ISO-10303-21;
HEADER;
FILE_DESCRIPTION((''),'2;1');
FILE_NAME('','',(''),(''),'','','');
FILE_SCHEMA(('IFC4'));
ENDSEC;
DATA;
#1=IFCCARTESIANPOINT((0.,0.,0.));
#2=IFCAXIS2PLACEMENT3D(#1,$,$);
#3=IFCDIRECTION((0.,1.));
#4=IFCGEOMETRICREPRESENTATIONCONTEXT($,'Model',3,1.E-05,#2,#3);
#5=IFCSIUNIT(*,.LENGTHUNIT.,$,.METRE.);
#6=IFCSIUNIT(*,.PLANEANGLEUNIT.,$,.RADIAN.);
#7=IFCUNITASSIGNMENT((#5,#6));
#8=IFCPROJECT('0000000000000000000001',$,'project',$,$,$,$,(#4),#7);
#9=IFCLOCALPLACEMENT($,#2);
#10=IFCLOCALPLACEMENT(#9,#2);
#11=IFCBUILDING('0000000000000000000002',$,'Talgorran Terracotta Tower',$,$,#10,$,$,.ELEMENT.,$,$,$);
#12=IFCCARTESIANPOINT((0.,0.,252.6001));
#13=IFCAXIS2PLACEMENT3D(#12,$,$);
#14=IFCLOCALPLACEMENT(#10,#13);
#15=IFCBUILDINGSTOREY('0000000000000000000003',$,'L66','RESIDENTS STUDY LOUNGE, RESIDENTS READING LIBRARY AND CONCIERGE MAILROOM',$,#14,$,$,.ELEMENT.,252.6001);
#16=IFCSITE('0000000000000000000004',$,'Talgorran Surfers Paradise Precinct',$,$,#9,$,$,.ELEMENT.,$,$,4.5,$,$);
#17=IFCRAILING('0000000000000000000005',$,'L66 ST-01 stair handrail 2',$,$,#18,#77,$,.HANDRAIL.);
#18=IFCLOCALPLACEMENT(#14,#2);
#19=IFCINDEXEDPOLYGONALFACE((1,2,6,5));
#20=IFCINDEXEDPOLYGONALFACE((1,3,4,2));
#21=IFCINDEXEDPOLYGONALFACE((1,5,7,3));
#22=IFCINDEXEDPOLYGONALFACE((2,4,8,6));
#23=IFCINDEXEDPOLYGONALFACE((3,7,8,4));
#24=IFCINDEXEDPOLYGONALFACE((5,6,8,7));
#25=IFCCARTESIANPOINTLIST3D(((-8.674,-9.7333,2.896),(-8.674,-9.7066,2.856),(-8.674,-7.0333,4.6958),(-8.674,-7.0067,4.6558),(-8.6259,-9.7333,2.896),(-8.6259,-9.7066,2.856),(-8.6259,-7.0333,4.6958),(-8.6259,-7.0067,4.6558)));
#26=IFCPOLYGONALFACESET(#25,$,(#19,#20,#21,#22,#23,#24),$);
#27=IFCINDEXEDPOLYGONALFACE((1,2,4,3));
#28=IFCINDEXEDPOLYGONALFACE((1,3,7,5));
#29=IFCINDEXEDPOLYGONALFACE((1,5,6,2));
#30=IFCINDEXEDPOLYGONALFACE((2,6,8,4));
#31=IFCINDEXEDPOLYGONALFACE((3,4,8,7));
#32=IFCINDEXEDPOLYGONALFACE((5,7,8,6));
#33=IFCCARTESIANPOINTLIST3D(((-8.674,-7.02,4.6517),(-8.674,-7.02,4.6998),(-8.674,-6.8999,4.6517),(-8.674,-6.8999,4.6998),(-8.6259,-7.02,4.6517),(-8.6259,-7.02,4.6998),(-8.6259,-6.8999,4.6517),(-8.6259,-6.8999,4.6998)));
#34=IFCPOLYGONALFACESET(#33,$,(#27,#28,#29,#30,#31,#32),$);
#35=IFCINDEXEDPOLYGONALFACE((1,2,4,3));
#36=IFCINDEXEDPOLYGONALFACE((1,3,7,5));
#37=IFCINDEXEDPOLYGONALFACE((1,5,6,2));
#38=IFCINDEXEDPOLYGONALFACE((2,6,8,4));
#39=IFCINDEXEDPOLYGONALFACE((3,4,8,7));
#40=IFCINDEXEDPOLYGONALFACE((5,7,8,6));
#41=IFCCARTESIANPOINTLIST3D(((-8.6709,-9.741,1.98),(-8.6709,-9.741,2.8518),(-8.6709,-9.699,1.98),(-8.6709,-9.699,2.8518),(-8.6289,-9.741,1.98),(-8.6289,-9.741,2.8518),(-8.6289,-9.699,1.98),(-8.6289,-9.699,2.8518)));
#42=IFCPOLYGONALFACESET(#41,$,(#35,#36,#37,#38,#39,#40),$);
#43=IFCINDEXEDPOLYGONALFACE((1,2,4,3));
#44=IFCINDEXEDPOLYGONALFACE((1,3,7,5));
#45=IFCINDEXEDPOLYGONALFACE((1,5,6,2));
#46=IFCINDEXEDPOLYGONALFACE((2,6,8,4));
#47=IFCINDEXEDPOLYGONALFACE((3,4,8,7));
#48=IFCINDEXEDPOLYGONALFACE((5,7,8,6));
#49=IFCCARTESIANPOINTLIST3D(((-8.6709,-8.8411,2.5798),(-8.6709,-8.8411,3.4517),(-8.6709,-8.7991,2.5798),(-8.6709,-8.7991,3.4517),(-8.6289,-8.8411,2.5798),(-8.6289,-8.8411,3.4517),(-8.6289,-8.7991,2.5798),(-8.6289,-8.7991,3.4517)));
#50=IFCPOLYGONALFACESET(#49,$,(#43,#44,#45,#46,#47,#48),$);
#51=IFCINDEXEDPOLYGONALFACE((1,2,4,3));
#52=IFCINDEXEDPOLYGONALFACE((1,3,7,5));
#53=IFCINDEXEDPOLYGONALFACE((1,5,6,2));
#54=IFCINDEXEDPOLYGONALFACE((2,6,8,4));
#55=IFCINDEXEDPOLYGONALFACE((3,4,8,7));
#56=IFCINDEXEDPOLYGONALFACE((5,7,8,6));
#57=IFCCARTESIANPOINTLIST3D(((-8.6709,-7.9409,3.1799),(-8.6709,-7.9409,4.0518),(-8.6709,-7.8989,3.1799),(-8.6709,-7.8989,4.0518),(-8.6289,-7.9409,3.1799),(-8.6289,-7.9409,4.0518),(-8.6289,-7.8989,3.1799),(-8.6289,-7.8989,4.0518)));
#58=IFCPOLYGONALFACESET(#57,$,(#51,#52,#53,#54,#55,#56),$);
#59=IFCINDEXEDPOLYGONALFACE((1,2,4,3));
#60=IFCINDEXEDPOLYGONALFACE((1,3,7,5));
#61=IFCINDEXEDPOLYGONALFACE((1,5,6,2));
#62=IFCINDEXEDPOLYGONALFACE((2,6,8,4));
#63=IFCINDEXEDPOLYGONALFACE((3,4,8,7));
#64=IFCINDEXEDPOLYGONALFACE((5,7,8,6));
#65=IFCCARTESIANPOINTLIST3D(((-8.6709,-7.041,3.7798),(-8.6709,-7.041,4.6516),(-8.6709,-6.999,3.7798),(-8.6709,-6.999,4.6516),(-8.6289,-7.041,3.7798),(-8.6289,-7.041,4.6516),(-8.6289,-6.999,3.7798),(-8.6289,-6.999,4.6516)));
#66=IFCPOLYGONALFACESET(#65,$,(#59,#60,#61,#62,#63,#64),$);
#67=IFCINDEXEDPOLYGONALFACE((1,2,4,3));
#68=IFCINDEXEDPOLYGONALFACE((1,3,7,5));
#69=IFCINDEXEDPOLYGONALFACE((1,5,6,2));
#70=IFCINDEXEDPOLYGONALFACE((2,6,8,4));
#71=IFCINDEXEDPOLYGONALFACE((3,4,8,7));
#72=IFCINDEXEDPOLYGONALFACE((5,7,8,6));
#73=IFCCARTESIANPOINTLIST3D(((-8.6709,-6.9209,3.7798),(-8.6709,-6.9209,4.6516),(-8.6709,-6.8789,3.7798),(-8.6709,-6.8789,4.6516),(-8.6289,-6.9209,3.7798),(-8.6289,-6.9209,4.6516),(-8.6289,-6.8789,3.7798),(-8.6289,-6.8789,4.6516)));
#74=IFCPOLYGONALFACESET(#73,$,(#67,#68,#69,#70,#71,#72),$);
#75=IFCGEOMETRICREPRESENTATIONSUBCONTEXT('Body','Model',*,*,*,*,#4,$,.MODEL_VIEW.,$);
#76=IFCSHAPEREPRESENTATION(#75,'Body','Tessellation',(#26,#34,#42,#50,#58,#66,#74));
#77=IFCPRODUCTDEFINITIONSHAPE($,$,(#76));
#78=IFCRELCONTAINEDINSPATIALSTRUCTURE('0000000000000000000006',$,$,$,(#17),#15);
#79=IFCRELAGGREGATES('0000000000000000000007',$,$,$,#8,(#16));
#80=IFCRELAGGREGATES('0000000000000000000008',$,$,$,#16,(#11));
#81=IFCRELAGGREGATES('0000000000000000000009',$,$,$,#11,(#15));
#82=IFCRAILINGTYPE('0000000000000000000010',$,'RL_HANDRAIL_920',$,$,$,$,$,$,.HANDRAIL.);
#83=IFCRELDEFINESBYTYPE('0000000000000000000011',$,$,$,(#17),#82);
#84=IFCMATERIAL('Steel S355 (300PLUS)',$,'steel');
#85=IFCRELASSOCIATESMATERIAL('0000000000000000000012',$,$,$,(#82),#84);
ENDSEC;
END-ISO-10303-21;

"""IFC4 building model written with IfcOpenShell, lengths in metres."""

from ifc_helpers import new_model, si_unit, direction, frame, origin, origin_2d, place, context, subcontext, project, spatial, rectangle, extrude, material, type_object, element, save


model = new_model("IFC4")

# Units and contexts
model_context = context("Model", 3, precision=1e-05, world=origin(), true_north=direction((0.0, 1.0)))
body_context = subcontext(model_context, "Body", "Model", "MODEL_VIEW")
ifc_project = project(units=[si_unit("LENGTHUNIT", "METRE"), si_unit("PLANEANGLEUNIT", "RADIAN")], contexts=[model_context])

# Site, building, storey
site_placement = place(None, origin())
site = spatial("IfcSite", under=ifc_project, at=site_placement, Name="Talgorran Surfers Paradise Precinct", CompositionType="ELEMENT", RefElevation=4.5)
building_placement = place(site_placement, origin())
building = spatial("IfcBuilding", under=site, at=building_placement, Name="Talgorran Terracotta Tower", CompositionType="ELEMENT")
storey_placement = place(building_placement, frame((0.0, 0.0, 252.6001)))
storey = spatial("IfcBuildingStorey", under=building, at=storey_placement, Name="L66", Description="RESIDENTS STUDY LOUNGE, RESIDENTS READING LIBRARY AND CONCIERGE MAILROOM", CompositionType="ELEMENT", Elevation=252.6001)

# Railing
ifc_material_1 = material(Name="Steel S355 (300PLUS)", Category="steel")
railing_type = type_object("IfcRailingType", Name="RL_HANDRAIL_920", PredefinedType="HANDRAIL", material=ifc_material_1)
railing_placement = place(storey_placement, frame((-8.6499, -9.72, 1.98)))
element("IfcRailing", 1, at=railing_placement, inside=storey, type_object=railing_type, Name="L66 ST-01 stair handrail 2", PredefinedType="HANDRAIL", context=body_context, shape_type="SweptSolid", body=[
    extrude(rectangle(XDim=0.0481, YDim=0.0481, at=origin_2d()), frame((0.0, 0.0, 0.896), z_axis=(0.0, 0.832073, 0.554665), x_axis=(-1.0, 0.0, 0.0)), (0.0, 0.0, 1.0), 3.2449),
    extrude(rectangle(XDim=0.0481, YDim=0.0481, at=origin_2d()), frame((0.0, 2.7, 2.6958), z_axis=(0.0, 1.0, 0.0), x_axis=(-1.0, 0.0, 0.0)), (0.0, 0.0, 1.0), 0.1201),
    extrude(rectangle(XDim=0.042, YDim=0.042, at=origin_2d()), origin(), (0.0, 0.0, 1.0), 0.8718),
    extrude(rectangle(XDim=0.042, YDim=0.042, at=origin_2d()), frame((0.0, 0.8999, 0.5999)), (0.0, 0.0, 1.0), 0.8718),
    extrude(rectangle(XDim=0.042, YDim=0.042, at=origin_2d()), frame((0.0, 1.8, 1.2)), (0.0, 0.0, 1.0), 0.8718),
    extrude(rectangle(XDim=0.042, YDim=0.042, at=origin_2d()), frame((0.0, 2.7, 1.7998)), (0.0, 0.0, 1.0), 0.8718),
    extrude(rectangle(XDim=0.042, YDim=0.042, at=origin_2d()), frame((0.0, 2.8201, 1.7998)), (0.0, 0.0, 1.0), 0.8718),
])

save(model, "model.ifc")
